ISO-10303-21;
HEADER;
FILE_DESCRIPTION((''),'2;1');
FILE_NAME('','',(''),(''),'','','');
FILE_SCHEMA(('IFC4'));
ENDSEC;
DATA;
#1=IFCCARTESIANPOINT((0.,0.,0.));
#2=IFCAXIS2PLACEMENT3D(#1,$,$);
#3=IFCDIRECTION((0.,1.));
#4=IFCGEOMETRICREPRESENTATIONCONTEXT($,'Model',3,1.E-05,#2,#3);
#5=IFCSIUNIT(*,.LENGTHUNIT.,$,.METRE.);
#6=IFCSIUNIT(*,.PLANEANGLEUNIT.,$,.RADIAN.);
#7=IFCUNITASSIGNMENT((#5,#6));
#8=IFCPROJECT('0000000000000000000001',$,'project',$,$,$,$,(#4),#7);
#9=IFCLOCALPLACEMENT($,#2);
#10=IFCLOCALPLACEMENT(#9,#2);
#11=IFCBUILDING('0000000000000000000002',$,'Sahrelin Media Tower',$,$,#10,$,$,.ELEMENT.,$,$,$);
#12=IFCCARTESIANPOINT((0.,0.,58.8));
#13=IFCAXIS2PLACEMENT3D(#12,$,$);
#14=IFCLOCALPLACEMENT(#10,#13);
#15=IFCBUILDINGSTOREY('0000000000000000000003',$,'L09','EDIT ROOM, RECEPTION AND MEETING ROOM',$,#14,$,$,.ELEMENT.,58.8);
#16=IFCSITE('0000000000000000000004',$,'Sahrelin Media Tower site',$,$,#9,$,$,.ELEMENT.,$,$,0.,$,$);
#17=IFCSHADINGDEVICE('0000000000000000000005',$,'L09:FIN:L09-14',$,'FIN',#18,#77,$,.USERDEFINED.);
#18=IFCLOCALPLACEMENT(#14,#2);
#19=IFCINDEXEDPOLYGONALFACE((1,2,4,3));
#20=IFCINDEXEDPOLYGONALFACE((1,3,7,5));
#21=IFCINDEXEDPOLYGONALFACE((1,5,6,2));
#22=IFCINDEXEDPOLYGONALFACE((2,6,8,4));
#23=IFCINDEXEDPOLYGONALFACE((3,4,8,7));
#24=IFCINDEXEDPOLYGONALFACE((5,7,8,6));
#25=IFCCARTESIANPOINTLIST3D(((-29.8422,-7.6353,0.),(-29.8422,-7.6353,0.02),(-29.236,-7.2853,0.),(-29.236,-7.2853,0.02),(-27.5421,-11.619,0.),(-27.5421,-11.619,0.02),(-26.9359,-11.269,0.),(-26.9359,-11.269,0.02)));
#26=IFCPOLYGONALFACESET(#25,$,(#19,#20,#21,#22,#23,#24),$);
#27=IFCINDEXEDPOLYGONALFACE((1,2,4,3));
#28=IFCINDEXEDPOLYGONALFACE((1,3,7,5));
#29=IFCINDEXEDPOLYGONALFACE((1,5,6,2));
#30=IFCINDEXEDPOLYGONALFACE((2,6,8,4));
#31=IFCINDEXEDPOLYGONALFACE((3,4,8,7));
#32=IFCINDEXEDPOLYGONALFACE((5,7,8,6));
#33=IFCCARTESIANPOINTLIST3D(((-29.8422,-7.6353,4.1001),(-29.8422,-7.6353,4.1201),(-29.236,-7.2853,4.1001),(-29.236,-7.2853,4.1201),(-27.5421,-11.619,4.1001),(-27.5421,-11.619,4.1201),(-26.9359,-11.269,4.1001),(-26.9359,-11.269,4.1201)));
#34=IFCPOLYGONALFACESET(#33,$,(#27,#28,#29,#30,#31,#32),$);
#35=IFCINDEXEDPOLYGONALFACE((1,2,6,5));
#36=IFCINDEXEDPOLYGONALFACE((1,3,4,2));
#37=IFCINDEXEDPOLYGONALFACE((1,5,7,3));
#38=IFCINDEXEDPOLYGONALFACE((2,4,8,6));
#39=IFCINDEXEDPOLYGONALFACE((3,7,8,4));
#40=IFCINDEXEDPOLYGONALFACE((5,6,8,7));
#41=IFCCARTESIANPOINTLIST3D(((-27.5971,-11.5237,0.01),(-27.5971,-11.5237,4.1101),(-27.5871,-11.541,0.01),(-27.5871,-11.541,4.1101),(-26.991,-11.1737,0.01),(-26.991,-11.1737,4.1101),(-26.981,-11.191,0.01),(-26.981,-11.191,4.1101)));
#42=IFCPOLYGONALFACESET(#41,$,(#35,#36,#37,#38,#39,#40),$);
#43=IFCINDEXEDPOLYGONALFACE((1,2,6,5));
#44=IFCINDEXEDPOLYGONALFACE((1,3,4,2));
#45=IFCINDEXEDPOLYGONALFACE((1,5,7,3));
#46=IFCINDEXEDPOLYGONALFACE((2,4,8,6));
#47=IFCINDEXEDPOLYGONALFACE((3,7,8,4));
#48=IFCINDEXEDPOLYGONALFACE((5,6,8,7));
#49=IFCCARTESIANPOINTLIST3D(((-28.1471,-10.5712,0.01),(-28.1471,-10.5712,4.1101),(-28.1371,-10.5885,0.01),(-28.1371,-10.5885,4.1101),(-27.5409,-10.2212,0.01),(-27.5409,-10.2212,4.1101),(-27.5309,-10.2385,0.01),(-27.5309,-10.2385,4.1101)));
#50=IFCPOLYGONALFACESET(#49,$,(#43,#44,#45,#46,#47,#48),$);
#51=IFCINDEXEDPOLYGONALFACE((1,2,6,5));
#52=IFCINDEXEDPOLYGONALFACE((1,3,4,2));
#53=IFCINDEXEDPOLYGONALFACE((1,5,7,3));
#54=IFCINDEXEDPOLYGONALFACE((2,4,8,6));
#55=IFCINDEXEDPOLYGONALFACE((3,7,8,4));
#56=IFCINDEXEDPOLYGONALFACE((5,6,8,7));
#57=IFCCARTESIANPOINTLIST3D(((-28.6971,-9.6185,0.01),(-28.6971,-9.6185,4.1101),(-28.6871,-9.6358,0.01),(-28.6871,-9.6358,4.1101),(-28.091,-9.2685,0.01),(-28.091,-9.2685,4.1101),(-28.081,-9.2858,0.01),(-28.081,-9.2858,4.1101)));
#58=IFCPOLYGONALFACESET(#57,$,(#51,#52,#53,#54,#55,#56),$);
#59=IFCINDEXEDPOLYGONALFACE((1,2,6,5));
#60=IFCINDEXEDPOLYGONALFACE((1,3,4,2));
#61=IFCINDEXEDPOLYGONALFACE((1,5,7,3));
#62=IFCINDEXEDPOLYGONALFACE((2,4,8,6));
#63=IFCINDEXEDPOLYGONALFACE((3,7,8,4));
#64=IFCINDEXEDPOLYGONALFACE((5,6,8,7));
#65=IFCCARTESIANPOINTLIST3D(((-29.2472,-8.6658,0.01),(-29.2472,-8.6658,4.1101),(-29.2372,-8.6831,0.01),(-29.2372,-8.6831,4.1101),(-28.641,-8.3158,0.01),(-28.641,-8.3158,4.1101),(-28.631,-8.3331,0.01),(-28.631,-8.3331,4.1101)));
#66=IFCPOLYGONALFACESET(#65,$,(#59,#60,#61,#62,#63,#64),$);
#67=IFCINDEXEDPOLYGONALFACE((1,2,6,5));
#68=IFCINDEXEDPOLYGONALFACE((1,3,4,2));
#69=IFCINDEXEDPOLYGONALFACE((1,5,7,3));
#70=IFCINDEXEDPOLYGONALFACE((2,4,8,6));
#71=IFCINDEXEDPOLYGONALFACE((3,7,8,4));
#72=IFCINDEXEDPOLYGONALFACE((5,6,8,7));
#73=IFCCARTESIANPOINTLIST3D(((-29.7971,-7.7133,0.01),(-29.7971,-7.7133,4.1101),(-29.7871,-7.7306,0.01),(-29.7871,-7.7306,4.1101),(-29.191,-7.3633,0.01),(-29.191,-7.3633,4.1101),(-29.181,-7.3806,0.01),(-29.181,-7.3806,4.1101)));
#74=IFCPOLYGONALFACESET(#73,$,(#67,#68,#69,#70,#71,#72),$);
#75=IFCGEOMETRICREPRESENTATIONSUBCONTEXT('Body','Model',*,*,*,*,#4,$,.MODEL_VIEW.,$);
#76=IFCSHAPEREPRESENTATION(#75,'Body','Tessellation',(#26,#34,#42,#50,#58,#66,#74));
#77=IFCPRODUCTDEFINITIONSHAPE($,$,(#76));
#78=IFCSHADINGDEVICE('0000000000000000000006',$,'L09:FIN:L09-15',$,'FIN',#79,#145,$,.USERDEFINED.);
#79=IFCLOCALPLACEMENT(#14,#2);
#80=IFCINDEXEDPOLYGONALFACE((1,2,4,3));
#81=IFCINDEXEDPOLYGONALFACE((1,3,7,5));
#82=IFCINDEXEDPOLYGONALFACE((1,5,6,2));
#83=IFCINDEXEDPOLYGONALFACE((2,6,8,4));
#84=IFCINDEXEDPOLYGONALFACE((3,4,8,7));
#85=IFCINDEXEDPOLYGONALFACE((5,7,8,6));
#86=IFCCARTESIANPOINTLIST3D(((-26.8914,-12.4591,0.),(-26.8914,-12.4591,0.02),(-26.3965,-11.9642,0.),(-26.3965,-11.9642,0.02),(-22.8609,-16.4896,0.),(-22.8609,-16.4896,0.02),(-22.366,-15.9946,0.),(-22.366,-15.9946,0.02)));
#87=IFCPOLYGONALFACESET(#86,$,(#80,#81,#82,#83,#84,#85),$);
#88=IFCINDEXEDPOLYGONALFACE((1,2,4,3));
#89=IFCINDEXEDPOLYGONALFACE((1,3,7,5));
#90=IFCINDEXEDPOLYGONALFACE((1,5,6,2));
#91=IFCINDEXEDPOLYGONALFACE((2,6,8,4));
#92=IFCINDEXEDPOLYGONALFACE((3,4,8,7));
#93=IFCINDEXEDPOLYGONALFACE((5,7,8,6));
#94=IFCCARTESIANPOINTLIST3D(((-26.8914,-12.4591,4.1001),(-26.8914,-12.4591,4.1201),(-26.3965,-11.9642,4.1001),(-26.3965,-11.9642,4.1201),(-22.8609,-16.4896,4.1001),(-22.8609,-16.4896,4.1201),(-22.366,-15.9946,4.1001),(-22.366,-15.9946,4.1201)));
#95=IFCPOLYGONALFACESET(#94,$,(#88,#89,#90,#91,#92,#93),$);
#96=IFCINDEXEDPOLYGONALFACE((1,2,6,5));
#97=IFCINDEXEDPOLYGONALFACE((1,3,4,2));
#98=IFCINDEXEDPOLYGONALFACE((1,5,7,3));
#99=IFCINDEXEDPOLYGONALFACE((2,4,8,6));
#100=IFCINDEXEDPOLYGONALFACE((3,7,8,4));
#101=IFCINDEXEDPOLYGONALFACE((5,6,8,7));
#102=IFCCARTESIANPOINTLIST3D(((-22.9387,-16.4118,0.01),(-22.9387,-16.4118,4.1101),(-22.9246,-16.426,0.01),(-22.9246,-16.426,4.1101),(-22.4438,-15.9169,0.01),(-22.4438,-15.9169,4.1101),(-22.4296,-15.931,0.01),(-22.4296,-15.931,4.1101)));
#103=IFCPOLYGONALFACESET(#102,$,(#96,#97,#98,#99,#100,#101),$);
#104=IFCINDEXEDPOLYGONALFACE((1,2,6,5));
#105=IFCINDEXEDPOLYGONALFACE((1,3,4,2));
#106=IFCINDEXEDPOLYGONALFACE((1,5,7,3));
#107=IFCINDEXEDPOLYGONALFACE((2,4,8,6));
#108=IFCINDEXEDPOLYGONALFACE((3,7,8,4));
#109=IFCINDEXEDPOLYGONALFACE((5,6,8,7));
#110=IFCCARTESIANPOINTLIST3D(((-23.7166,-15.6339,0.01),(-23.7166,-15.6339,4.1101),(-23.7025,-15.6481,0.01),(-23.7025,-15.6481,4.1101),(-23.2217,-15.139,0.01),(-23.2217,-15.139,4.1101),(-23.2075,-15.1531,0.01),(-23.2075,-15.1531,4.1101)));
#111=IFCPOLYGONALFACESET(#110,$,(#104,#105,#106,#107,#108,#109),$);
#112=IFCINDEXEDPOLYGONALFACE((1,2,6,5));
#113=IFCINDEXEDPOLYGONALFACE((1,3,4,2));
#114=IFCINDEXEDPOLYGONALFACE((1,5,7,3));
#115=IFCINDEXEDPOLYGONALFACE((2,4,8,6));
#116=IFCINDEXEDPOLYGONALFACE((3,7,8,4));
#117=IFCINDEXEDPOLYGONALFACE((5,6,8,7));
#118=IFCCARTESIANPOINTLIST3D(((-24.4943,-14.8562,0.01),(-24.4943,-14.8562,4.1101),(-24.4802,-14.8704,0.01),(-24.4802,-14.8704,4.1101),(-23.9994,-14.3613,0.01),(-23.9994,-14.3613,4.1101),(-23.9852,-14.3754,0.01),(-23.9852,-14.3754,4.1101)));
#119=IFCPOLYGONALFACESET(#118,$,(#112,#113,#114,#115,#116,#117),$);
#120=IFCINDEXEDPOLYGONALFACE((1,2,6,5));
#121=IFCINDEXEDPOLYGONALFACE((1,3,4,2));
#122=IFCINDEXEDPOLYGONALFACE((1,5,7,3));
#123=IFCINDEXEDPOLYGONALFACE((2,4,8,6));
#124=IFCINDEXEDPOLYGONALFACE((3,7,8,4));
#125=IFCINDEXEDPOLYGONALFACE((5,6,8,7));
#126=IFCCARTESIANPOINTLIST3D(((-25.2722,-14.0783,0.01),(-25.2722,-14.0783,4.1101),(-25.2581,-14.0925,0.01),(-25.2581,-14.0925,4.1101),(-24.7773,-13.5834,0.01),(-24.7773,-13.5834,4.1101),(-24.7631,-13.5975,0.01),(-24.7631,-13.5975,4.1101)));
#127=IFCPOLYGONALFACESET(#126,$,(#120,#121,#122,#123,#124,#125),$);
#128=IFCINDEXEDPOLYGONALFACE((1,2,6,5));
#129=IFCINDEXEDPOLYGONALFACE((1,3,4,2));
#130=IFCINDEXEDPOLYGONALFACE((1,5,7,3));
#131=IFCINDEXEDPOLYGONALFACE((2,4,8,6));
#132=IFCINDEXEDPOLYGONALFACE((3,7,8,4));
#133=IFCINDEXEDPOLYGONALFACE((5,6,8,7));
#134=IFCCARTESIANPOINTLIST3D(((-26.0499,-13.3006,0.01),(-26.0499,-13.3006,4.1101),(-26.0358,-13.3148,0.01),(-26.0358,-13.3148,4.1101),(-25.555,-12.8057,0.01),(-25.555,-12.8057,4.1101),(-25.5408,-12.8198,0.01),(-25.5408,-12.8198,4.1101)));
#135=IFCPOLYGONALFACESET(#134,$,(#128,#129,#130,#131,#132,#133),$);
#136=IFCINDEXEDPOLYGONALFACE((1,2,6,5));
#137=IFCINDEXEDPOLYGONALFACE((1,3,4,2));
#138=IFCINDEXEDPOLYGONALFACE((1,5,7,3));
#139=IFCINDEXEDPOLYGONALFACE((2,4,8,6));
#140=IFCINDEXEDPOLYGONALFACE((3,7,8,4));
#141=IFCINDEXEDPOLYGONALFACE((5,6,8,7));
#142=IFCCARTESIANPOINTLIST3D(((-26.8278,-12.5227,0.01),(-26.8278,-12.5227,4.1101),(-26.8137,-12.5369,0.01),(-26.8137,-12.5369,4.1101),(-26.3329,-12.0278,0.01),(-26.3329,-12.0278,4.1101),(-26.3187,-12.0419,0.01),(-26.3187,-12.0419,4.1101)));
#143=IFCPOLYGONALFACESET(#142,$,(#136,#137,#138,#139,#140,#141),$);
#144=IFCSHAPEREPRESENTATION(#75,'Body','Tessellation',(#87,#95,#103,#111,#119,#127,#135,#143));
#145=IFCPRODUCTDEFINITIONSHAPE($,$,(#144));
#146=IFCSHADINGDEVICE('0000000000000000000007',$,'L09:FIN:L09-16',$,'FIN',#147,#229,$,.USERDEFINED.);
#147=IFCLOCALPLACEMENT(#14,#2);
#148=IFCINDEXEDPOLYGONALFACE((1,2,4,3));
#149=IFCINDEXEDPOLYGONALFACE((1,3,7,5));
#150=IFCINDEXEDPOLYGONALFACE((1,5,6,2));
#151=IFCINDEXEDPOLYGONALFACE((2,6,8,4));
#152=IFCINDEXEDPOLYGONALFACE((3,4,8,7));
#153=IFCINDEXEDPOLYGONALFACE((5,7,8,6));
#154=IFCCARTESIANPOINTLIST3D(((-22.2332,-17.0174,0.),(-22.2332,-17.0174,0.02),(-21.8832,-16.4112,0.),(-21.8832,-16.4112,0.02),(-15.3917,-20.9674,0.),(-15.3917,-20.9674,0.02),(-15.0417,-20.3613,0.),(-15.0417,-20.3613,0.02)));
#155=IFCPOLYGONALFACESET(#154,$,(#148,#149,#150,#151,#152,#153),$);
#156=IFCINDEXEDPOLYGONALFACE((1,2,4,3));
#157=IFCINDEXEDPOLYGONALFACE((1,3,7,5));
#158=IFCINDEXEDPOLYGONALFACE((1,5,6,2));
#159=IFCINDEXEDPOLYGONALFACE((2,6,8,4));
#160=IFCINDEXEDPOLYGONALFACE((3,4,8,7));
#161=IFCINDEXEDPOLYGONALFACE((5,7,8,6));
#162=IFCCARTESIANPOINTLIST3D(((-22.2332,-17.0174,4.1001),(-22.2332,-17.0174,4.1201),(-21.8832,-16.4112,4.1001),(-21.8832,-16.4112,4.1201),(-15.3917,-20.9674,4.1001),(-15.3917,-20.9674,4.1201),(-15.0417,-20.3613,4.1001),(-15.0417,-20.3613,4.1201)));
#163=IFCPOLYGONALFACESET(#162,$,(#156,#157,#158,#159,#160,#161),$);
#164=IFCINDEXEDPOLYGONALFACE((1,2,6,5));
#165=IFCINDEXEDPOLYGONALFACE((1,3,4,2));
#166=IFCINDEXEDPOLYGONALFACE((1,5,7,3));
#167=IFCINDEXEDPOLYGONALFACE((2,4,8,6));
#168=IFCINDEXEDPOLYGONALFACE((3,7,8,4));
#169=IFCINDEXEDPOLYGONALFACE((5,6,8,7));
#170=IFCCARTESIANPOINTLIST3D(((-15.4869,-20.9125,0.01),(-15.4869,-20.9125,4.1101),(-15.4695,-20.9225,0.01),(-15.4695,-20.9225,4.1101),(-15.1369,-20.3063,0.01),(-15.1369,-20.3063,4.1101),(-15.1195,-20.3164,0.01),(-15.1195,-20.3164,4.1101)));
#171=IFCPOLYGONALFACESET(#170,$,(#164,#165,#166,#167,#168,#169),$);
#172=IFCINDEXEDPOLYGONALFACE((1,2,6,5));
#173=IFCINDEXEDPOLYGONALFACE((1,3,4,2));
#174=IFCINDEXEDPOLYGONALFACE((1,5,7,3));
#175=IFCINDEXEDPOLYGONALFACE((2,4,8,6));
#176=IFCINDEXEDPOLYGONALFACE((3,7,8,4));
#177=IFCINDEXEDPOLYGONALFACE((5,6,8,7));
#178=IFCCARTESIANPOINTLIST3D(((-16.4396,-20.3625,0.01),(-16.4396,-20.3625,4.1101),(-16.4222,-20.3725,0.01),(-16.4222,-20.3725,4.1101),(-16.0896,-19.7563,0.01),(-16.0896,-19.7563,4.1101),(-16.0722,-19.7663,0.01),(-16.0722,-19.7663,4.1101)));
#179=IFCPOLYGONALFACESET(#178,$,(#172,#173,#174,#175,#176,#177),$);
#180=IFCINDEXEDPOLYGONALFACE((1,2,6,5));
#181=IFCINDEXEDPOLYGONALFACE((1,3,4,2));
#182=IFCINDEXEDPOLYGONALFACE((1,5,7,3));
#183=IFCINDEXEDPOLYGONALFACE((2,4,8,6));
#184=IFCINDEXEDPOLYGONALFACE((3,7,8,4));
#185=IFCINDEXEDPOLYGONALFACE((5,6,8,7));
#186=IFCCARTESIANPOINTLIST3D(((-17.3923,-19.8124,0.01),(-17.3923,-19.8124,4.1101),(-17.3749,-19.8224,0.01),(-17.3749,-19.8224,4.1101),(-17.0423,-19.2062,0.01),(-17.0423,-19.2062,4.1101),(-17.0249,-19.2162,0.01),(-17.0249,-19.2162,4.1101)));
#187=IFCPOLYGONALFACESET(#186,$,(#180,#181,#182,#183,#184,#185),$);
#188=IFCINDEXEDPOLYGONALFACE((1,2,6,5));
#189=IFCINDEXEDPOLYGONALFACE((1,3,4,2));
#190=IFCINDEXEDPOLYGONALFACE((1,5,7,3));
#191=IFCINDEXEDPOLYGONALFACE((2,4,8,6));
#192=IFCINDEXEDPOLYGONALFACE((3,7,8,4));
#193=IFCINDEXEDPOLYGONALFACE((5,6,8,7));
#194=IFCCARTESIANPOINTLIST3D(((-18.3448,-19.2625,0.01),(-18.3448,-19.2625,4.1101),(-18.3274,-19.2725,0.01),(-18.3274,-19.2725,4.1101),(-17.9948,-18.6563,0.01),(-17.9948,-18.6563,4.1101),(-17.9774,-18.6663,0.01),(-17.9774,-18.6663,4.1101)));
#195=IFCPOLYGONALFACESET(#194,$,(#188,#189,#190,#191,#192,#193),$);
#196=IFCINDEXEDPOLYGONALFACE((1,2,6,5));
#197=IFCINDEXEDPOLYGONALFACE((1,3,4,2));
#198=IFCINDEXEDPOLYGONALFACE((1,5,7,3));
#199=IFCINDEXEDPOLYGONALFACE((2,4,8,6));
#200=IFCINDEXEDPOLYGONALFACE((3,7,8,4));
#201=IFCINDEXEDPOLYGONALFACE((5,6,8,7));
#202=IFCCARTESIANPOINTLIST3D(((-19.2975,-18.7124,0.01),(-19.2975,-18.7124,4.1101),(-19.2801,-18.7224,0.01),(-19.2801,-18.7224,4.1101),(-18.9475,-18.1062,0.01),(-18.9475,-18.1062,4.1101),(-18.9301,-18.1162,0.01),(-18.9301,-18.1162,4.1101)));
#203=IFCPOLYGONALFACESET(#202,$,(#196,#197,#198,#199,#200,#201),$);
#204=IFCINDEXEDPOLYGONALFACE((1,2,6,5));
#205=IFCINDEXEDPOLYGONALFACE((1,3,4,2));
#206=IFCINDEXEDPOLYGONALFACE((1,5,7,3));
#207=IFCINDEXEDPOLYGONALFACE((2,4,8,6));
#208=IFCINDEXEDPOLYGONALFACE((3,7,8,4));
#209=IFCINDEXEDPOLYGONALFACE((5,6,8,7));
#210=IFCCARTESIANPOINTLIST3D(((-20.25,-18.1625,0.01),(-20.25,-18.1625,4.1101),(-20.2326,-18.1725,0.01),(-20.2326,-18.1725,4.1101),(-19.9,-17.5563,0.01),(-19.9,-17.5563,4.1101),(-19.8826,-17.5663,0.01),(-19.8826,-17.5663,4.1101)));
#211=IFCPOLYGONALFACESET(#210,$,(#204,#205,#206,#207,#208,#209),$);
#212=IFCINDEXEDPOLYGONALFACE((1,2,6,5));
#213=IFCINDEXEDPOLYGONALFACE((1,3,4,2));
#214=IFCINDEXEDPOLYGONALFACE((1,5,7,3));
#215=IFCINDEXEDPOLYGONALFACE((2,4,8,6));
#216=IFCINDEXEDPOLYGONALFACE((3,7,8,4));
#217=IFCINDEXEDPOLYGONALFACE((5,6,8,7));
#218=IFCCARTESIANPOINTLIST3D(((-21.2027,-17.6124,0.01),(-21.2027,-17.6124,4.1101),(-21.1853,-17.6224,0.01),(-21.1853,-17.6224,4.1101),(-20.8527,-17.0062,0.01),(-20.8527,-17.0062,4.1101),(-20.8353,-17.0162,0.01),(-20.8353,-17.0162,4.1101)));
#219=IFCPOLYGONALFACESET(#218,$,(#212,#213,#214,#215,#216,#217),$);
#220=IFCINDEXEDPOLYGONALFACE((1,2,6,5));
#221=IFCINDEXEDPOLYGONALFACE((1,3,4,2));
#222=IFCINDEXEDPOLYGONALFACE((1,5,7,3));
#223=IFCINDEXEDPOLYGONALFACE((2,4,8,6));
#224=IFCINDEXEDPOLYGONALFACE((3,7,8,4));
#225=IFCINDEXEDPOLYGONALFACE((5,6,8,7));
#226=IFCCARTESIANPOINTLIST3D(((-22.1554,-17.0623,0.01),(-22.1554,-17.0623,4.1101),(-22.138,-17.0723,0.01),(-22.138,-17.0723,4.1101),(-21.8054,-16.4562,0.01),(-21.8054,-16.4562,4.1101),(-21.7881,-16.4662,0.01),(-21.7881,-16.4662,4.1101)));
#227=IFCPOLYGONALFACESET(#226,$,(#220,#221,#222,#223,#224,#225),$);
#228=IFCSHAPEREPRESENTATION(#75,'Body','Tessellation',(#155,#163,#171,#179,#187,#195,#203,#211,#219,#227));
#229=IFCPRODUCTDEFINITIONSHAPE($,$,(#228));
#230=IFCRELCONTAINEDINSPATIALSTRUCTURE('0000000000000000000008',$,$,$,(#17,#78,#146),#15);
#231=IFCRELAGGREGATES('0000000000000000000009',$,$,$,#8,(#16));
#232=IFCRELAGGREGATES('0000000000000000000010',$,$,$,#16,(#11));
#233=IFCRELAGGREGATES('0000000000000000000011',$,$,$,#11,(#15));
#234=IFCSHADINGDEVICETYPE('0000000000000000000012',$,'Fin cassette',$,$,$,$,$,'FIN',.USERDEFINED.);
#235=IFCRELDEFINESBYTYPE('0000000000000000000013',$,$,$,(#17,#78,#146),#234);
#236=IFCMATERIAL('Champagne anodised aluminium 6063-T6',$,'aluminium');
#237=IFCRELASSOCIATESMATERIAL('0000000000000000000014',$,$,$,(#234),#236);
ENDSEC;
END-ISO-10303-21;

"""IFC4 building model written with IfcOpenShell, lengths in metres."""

from ifc_helpers import new_model, si_unit, direction, frame, origin, origin_2d, place, context, subcontext, project, spatial, rectangle, extrude, material, type_object, element, save


model = new_model("IFC4")

# Units and contexts
model_context = context("Model", 3, precision=1e-05, world=origin(), true_north=direction((0.0, 1.0)))
body_context = subcontext(model_context, "Body", "Model", "MODEL_VIEW")
ifc_project = project(units=[si_unit("LENGTHUNIT", "METRE"), si_unit("PLANEANGLEUNIT", "RADIAN")], contexts=[model_context])

# Site, building, storey
site_placement = place(None, origin())
site = spatial("IfcSite", under=ifc_project, at=site_placement, Name="Sahrelin Media Tower site", CompositionType="ELEMENT", RefElevation=0.0)
building_placement = place(site_placement, origin())
building = spatial("IfcBuilding", under=site, at=building_placement, Name="Sahrelin Media Tower", CompositionType="ELEMENT")
storey_placement = place(building_placement, frame((0.0, 0.0, 58.8)))
storey = spatial("IfcBuildingStorey", under=building, at=storey_placement, Name="L09", Description="EDIT ROOM, RECEPTION AND MEETING ROOM", CompositionType="ELEMENT", Elevation=58.8)

# Shared definitions
ifc_material_1 = material(Name="Champagne anodised aluminium 6063-T6", Category="aluminium")

# Shading devices
shading_device_type_1 = type_object("IfcShadingDeviceType", Name="Fin cassette", ElementType="FIN", PredefinedType="USERDEFINED", material=ifc_material_1)
placement_1 = place(storey_placement, frame((-28.0254, -9.2422, 0.0), z_axis=(0.0, 0.0, 1.0), x_axis=(-0.500011, 0.866019, 0.0)))
element("IfcShadingDevice", 1, at=placement_1, inside=storey, type_object=shading_device_type_1, Name="L09:FIN:L09-14", ObjectType="FIN", PredefinedType="USERDEFINED", context=body_context, shape_type="SweptSolid", body=[
    extrude(rectangle(XDim=4.6001, YDim=0.7, at=origin_2d()), frame((0.0, 0.4199, 0.0)), (0.0, 0.0, 1.0), 0.02),
    extrude(rectangle(XDim=4.6001, YDim=0.7, at=origin_2d()), frame((0.0, 0.4199, 4.1001)), (0.0, 0.0, 1.0), 0.02),
    extrude(rectangle(XDim=0.02, YDim=0.7, at=origin_2d()), frame((-2.2, 0.4199, 0.01), z_axis=(0.0, 0.0, 1.0), x_axis=(1.0, 0.0, 0.0)), (0.0, 0.0, 1.0), 4.1001),
    extrude(rectangle(XDim=0.02, YDim=0.7, at=origin_2d()), frame((-1.1001, 0.4199, 0.01), z_axis=(0.0, 0.0, 1.0), x_axis=(1.0, 0.0, 0.0)), (0.0, 0.0, 1.0), 4.1001),
    extrude(rectangle(XDim=0.02, YDim=0.7, at=origin_2d()), frame((0.0, 0.4199, 0.01), z_axis=(0.0, 0.0, 1.0), x_axis=(1.0, 0.0, 0.0)), (0.0, 0.0, 1.0), 4.1001),
    extrude(rectangle(XDim=0.02, YDim=0.7, at=origin_2d()), frame((1.1001, 0.4199, 0.01), z_axis=(0.0, 0.0, 1.0), x_axis=(1.0, 0.0, 0.0)), (0.0, 0.0, 1.0), 4.1001),
    extrude(rectangle(XDim=0.02, YDim=0.7, at=origin_2d()), frame((2.2, 0.4199, 0.01), z_axis=(0.0, 0.0, 1.0), x_axis=(1.0, 0.0, 0.0)), (0.0, 0.0, 1.0), 4.1001),
])
placement_2 = place(storey_placement, frame((-24.3318, -13.9299, 0.0), z_axis=(0.0, 0.0, 1.0), x_axis=(-0.707107, 0.707107, 0.0)))
element("IfcShadingDevice", 2, at=placement_2, inside=storey, type_object=shading_device_type_1, Name="L09:FIN:L09-15", ObjectType="FIN", PredefinedType="USERDEFINED", context=body_context, shape_type="SweptSolid", body=[
    extrude(rectangle(XDim=5.7, YDim=0.7, at=origin_2d()), frame((0.0, 0.4199, 0.0)), (0.0, 0.0, 1.0), 0.02),
    extrude(rectangle(XDim=5.7, YDim=0.7, at=origin_2d()), frame((0.0, 0.4199, 4.1001)), (0.0, 0.0, 1.0), 0.02),
    extrude(rectangle(XDim=0.02, YDim=0.7, at=origin_2d()), frame((-2.75, 0.4199, 0.01), z_axis=(0.0, 0.0, 1.0), x_axis=(1.0, 0.0, 0.0)), (0.0, 0.0, 1.0), 4.1001),
    extrude(rectangle(XDim=0.02, YDim=0.7, at=origin_2d()), frame((-1.6499, 0.4199, 0.01), z_axis=(0.0, 0.0, 1.0), x_axis=(1.0, 0.0, 0.0)), (0.0, 0.0, 1.0), 4.1001),
    extrude(rectangle(XDim=0.02, YDim=0.7, at=origin_2d()), frame((-0.55, 0.4199, 0.01), z_axis=(0.0, 0.0, 1.0), x_axis=(1.0, 0.0, 0.0)), (0.0, 0.0, 1.0), 4.1001),
    extrude(rectangle(XDim=0.02, YDim=0.7, at=origin_2d()), frame((0.55, 0.4199, 0.01), z_axis=(0.0, 0.0, 1.0), x_axis=(1.0, 0.0, 0.0)), (0.0, 0.0, 1.0), 4.1001),
    extrude(rectangle(XDim=0.02, YDim=0.7, at=origin_2d()), frame((1.6499, 0.4199, 0.01), z_axis=(0.0, 0.0, 1.0), x_axis=(1.0, 0.0, 0.0)), (0.0, 0.0, 1.0), 4.1001),
    extrude(rectangle(XDim=0.02, YDim=0.7, at=origin_2d()), frame((2.75, 0.4199, 0.01), z_axis=(0.0, 0.0, 1.0), x_axis=(1.0, 0.0, 0.0)), (0.0, 0.0, 1.0), 4.1001),
])
placement_3 = place(storey_placement, frame((-18.4275, -18.3257, 0.0), z_axis=(0.0, 0.0, 1.0), x_axis=(-0.866019, 0.500011, 0.0)))
element("IfcShadingDevice", 3, at=placement_3, inside=storey, type_object=shading_device_type_1, Name="L09:FIN:L09-16", ObjectType="FIN", PredefinedType="USERDEFINED", context=body_context, shape_type="SweptSolid", body=[
    extrude(rectangle(XDim=7.8999, YDim=0.7, at=origin_2d()), frame((0.0, 0.4199, 0.0)), (0.0, 0.0, 1.0), 0.02),
    extrude(rectangle(XDim=7.8999, YDim=0.7, at=origin_2d()), frame((0.0, 0.4199, 4.1001)), (0.0, 0.0, 1.0), 0.02),
    extrude(rectangle(XDim=0.02, YDim=0.7, at=origin_2d()), frame((-3.8501, 0.4199, 0.01), z_axis=(0.0, 0.0, 1.0), x_axis=(1.0, 0.0, 0.0)), (0.0, 0.0, 1.0), 4.1001),
    extrude(rectangle(XDim=0.02, YDim=0.7, at=origin_2d()), frame((-2.75, 0.4199, 0.01), z_axis=(0.0, 0.0, 1.0), x_axis=(1.0, 0.0, 0.0)), (0.0, 0.0, 1.0), 4.1001),
    extrude(rectangle(XDim=0.02, YDim=0.7, at=origin_2d()), frame((-1.6499, 0.4199, 0.01), z_axis=(0.0, 0.0, 1.0), x_axis=(1.0, 0.0, 0.0)), (0.0, 0.0, 1.0), 4.1001),
    extrude(rectangle(XDim=0.02, YDim=0.7, at=origin_2d()), frame((-0.55, 0.4199, 0.01), z_axis=(0.0, 0.0, 1.0), x_axis=(1.0, 0.0, 0.0)), (0.0, 0.0, 1.0), 4.1001),
    extrude(rectangle(XDim=0.02, YDim=0.7, at=origin_2d()), frame((0.55, 0.4199, 0.01), z_axis=(0.0, 0.0, 1.0), x_axis=(1.0, 0.0, 0.0)), (0.0, 0.0, 1.0), 4.1001),
    extrude(rectangle(XDim=0.02, YDim=0.7, at=origin_2d()), frame((1.6499, 0.4199, 0.01), z_axis=(0.0, 0.0, 1.0), x_axis=(1.0, 0.0, 0.0)), (0.0, 0.0, 1.0), 4.1001),
    extrude(rectangle(XDim=0.02, YDim=0.7, at=origin_2d()), frame((2.75, 0.4199, 0.01), z_axis=(0.0, 0.0, 1.0), x_axis=(1.0, 0.0, 0.0)), (0.0, 0.0, 1.0), 4.1001),
    extrude(rectangle(XDim=0.02, YDim=0.7, at=origin_2d()), frame((3.8501, 0.4199, 0.01), z_axis=(0.0, 0.0, 1.0), x_axis=(1.0, 0.0, 0.0)), (0.0, 0.0, 1.0), 4.1001),
])

save(model, "model.ifc")
